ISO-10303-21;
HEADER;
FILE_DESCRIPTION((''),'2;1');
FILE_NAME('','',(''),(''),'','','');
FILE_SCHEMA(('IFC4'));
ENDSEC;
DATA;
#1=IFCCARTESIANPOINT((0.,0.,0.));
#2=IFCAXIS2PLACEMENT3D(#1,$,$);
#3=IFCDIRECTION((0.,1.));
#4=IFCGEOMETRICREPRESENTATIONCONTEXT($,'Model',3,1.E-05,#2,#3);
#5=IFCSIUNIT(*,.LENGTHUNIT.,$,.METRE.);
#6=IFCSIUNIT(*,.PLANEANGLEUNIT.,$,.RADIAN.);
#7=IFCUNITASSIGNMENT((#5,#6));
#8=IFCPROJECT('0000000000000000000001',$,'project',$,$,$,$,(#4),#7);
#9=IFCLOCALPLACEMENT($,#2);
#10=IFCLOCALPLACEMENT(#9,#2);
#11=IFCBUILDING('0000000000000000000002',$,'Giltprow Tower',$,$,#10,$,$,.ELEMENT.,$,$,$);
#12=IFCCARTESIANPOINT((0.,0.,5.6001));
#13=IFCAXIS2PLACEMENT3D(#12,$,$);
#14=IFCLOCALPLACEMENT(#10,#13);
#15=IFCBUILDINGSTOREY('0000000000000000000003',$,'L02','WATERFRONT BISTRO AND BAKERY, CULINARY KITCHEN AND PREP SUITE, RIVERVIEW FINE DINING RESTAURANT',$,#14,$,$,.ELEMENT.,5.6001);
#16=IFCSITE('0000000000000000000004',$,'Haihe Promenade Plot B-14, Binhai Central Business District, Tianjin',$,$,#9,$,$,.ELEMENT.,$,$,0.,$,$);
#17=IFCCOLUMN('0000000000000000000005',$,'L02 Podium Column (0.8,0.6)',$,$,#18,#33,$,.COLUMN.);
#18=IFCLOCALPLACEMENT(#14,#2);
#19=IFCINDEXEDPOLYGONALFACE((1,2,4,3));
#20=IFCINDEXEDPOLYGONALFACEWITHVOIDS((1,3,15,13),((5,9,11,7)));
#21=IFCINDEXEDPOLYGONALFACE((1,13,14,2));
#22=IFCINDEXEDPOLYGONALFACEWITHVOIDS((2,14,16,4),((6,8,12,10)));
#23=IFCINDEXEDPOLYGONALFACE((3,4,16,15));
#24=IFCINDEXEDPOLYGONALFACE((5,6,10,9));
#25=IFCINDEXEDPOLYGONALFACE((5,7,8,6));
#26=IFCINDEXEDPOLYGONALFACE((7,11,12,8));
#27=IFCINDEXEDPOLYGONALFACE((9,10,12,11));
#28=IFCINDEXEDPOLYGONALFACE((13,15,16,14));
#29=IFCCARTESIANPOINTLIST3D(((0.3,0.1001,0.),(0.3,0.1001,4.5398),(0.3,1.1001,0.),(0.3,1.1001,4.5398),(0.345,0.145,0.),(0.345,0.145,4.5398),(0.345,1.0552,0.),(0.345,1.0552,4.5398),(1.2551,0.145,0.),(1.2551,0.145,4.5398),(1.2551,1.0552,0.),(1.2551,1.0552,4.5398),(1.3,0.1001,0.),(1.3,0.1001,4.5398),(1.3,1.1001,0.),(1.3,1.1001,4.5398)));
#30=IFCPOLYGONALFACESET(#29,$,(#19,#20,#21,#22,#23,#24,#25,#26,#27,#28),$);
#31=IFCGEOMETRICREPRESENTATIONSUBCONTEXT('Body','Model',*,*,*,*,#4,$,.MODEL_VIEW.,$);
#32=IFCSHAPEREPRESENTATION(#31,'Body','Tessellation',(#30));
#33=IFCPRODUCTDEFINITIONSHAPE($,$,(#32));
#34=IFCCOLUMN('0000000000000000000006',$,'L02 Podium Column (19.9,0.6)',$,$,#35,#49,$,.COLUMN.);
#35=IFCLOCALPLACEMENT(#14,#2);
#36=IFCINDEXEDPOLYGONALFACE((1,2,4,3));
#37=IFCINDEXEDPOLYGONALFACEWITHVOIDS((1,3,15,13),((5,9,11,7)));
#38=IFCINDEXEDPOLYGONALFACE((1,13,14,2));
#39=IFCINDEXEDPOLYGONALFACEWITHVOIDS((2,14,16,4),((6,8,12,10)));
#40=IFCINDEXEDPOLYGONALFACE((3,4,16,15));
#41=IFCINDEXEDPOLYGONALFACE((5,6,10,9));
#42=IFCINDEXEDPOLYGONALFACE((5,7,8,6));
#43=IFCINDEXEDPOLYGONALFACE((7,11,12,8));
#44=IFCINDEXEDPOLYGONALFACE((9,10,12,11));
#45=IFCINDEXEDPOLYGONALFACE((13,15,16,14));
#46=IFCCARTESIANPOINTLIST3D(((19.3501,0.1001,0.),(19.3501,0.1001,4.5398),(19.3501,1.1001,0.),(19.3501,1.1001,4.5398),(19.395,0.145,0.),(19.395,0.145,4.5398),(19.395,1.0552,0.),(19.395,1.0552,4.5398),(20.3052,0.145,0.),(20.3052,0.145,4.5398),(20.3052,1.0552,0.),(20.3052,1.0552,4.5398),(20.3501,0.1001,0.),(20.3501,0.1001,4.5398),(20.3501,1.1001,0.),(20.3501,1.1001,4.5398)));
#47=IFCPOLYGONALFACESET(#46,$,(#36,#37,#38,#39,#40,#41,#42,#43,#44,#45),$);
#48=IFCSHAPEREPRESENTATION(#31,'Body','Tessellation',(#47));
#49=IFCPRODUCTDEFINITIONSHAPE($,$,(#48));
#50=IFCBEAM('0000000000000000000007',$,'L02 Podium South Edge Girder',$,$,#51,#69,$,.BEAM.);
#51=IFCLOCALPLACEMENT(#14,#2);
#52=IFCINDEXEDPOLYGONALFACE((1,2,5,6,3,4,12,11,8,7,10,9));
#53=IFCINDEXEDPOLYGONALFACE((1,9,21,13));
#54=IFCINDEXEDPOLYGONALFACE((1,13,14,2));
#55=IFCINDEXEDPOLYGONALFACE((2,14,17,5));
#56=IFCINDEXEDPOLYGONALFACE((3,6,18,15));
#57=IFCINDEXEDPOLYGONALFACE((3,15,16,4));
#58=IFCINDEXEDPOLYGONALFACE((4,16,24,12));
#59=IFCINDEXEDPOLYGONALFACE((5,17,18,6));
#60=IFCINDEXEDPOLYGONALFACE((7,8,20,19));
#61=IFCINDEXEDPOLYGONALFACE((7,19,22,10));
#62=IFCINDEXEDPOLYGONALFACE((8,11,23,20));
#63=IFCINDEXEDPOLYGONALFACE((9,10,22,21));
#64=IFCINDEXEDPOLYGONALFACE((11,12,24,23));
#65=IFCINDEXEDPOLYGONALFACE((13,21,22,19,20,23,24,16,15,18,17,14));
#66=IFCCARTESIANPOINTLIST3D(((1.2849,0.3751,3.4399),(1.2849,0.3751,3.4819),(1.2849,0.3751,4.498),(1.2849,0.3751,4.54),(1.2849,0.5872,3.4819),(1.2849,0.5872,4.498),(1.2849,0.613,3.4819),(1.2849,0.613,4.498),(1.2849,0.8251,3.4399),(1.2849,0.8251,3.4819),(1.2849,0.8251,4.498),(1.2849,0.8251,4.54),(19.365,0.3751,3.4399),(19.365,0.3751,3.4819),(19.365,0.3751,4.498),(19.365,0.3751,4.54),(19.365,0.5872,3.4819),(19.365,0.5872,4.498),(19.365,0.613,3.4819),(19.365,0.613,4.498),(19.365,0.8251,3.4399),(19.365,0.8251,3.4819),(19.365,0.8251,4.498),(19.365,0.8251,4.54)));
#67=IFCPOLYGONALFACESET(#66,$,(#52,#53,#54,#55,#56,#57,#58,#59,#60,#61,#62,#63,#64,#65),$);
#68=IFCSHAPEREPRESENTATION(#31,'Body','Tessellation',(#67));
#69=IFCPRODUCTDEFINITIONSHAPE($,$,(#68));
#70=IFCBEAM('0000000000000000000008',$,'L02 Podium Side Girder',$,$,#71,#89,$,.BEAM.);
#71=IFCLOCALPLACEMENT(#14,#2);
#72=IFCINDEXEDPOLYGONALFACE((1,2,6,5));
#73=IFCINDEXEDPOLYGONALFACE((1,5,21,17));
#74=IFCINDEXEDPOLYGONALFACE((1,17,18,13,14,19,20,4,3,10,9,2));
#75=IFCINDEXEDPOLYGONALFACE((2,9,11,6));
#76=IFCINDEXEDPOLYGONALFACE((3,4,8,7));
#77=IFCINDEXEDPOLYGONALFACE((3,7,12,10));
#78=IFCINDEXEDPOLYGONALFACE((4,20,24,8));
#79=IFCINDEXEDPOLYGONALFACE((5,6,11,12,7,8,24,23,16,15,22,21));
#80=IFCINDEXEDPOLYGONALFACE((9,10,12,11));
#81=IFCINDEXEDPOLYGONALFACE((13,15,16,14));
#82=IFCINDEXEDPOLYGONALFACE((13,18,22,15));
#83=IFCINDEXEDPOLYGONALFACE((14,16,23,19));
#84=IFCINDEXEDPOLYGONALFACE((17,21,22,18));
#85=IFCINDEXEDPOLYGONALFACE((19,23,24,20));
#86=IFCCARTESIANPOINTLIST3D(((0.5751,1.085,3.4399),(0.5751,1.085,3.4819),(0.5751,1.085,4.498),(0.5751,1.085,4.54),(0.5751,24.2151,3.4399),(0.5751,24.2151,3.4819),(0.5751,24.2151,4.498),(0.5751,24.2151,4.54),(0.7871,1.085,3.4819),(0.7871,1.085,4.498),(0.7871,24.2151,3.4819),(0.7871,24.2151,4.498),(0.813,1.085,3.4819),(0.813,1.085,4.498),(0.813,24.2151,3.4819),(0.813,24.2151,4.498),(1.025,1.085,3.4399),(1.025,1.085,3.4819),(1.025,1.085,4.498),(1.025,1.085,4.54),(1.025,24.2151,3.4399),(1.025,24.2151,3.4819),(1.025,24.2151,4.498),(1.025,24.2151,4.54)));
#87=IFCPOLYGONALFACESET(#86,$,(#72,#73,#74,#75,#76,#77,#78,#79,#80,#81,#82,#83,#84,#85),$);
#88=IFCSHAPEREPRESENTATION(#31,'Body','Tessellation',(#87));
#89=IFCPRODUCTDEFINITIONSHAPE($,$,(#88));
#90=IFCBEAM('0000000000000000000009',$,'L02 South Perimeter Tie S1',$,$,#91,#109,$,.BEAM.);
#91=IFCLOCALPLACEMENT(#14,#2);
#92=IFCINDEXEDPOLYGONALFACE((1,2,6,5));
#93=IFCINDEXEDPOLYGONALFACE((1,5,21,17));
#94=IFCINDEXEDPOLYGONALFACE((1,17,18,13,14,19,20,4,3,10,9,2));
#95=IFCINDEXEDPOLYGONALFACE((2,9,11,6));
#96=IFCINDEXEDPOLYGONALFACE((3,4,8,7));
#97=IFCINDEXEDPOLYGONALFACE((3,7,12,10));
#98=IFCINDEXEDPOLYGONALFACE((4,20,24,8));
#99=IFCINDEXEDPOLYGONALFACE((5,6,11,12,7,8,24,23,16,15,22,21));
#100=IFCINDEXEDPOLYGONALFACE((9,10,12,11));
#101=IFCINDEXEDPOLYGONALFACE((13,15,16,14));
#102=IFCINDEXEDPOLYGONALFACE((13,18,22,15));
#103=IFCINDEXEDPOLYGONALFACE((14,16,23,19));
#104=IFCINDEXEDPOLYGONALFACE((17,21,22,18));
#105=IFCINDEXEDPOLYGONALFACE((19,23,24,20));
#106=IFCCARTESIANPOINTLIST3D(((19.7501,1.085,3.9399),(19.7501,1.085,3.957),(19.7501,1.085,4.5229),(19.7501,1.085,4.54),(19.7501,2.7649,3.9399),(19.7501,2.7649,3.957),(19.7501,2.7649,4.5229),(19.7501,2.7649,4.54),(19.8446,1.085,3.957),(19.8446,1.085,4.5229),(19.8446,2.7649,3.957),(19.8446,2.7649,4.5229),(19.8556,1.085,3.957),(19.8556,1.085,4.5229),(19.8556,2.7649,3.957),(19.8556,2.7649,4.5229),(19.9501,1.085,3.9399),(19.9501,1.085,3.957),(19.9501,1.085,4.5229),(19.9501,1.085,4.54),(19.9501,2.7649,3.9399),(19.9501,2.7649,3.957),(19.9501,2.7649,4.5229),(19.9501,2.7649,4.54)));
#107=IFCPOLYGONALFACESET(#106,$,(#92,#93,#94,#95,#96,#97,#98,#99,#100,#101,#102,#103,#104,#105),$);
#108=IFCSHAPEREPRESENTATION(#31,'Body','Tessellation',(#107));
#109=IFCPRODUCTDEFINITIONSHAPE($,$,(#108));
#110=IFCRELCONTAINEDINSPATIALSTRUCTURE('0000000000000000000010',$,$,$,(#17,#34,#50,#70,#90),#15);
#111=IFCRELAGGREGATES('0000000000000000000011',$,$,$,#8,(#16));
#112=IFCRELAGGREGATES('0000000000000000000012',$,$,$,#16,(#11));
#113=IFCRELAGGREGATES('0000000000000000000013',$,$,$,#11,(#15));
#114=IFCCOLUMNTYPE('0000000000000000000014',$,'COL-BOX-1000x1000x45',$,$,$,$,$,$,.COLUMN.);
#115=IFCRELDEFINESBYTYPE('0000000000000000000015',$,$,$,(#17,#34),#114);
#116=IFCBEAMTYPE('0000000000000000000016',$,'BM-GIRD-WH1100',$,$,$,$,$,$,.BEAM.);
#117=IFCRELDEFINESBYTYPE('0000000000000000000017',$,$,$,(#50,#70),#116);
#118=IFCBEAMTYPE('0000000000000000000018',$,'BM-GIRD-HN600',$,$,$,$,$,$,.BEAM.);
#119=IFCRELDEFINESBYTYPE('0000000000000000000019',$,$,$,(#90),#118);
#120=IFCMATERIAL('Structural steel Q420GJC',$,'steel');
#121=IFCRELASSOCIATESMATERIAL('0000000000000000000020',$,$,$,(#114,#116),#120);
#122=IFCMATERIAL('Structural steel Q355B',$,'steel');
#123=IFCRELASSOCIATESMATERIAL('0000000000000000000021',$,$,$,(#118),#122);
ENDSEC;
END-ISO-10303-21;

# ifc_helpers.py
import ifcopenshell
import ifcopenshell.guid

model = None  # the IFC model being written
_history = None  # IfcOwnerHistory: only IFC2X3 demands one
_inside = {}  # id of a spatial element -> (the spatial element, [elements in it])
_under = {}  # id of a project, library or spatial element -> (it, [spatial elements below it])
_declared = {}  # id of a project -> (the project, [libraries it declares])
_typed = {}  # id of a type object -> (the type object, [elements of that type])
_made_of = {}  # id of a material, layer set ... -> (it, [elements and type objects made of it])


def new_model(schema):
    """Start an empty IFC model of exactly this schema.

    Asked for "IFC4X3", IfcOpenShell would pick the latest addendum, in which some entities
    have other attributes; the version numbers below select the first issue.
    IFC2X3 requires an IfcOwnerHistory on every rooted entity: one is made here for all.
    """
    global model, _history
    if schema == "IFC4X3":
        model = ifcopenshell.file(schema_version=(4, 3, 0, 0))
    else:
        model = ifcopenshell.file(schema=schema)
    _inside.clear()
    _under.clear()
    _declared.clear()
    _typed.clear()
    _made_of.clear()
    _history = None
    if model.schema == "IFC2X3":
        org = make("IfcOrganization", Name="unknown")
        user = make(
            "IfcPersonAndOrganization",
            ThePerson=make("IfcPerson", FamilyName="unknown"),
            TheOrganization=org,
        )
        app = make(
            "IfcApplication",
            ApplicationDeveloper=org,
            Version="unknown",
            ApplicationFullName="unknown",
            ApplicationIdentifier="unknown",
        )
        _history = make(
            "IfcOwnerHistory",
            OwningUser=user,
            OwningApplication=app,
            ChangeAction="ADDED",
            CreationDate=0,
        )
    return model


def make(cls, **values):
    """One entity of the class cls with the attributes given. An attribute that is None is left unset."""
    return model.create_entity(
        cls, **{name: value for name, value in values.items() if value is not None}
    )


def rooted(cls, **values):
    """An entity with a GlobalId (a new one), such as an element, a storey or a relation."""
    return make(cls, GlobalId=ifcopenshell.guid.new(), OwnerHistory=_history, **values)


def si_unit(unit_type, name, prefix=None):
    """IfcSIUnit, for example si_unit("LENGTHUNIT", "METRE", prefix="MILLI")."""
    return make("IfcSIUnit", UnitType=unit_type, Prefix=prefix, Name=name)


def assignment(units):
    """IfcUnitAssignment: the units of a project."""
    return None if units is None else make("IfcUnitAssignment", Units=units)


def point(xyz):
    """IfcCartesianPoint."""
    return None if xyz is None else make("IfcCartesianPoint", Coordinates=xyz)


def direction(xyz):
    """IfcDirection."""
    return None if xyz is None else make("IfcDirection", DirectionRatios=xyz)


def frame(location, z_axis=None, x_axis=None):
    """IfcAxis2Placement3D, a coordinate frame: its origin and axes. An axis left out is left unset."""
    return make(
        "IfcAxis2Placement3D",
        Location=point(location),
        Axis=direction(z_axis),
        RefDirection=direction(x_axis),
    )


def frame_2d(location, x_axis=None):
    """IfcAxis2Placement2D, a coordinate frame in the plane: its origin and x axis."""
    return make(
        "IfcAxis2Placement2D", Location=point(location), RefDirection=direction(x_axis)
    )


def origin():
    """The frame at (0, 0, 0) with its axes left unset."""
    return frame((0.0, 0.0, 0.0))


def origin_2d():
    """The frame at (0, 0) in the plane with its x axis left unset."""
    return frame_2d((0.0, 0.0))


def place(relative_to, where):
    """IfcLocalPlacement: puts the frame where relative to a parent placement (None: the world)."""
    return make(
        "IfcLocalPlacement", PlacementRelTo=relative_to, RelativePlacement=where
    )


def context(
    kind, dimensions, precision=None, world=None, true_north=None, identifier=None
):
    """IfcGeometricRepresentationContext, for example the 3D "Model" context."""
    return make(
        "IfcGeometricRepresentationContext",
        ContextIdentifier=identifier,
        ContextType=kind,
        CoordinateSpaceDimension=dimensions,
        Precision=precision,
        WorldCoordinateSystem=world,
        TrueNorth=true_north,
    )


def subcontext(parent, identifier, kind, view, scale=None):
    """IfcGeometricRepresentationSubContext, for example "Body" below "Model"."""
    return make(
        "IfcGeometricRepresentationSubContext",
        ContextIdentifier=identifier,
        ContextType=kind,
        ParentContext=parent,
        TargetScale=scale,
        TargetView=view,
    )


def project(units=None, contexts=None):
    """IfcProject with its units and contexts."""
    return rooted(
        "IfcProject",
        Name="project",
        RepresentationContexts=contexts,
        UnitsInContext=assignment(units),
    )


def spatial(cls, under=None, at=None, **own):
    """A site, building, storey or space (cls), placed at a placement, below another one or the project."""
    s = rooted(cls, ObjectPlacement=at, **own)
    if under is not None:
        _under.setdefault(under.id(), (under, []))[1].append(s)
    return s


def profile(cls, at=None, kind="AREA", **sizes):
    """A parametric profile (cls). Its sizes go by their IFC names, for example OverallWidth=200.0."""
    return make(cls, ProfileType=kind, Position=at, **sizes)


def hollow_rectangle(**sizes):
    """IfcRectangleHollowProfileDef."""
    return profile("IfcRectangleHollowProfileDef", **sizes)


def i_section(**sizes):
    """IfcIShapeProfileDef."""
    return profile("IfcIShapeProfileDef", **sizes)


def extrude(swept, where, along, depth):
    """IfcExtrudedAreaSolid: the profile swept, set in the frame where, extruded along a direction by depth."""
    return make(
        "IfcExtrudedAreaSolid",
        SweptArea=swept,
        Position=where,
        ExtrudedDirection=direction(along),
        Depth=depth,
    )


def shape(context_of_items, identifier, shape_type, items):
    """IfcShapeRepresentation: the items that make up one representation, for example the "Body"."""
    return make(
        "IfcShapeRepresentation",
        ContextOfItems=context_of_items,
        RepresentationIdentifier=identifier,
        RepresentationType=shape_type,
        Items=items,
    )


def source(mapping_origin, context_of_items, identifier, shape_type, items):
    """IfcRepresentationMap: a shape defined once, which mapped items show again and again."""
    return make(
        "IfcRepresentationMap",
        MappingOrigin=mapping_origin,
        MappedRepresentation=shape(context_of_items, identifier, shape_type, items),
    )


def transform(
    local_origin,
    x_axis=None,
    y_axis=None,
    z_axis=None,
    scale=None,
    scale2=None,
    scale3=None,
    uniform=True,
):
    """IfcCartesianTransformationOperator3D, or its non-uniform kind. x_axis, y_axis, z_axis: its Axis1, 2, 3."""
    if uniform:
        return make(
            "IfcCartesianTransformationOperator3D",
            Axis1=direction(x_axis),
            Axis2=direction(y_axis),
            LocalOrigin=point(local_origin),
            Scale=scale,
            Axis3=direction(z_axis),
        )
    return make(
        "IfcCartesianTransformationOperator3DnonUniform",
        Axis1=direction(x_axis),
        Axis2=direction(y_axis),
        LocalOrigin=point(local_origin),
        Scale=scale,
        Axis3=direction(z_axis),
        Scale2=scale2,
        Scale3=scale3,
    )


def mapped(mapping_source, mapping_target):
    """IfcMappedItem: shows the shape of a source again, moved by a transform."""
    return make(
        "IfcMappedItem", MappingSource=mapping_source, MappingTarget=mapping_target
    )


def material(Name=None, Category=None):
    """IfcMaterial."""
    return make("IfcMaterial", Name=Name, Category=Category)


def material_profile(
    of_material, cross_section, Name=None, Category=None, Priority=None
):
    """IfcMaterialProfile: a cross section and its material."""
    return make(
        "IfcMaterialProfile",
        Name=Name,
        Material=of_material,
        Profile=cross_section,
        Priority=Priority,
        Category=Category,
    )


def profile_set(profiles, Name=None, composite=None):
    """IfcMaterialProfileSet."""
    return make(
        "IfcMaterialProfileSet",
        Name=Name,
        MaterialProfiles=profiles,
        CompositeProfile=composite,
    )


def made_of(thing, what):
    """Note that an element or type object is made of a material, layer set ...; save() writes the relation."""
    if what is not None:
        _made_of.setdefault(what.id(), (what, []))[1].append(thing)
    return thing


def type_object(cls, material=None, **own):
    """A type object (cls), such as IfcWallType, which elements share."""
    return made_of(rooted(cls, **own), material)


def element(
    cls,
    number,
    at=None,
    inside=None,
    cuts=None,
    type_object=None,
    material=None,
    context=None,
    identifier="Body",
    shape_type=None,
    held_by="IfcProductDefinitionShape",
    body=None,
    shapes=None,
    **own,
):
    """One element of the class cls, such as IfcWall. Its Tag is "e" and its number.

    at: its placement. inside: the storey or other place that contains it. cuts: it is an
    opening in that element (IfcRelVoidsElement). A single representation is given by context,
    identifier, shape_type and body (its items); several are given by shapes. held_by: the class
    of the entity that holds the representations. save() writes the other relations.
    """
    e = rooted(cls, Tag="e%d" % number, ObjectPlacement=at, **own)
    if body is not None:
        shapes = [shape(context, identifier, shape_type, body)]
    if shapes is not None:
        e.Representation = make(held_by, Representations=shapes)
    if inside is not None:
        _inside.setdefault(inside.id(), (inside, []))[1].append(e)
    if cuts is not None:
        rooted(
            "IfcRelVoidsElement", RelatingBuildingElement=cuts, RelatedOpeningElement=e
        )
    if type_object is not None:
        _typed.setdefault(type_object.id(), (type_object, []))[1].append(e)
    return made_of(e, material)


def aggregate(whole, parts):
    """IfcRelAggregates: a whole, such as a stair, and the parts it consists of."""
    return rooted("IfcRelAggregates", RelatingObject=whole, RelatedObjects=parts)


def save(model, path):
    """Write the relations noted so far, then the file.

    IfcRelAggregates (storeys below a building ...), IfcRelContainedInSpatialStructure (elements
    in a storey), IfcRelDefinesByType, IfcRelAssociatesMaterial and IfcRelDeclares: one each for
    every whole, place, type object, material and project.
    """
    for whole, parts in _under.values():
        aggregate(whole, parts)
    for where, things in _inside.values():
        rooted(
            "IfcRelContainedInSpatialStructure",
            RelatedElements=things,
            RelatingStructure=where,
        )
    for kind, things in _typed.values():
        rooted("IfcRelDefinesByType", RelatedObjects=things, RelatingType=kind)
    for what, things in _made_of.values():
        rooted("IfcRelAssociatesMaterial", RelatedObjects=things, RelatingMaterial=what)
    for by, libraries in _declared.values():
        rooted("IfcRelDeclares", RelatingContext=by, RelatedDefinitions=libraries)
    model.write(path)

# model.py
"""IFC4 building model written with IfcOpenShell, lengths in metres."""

from ifc_helpers import new_model, si_unit, direction, frame, origin, origin_2d, place, context, subcontext, project, spatial, hollow_rectangle, i_section, extrude, source, transform, mapped, material, material_profile, profile_set, type_object, element, save


model = new_model("IFC4")

# Units and contexts
model_context = context("Model", 3, precision=1e-05, world=origin(), true_north=direction((0.0, 1.0)))
body_context = subcontext(model_context, "Body", "Model", "MODEL_VIEW")
ifc_project = project(units=[si_unit("LENGTHUNIT", "METRE"), si_unit("PLANEANGLEUNIT", "RADIAN")], contexts=[model_context])

# Site, building, storey
site_placement = place(None, origin())
site = spatial("IfcSite", under=ifc_project, at=site_placement, Name="Haihe Promenade Plot B-14, Binhai Central Business District, Tianjin", CompositionType="ELEMENT", RefElevation=0.0)
building_placement = place(site_placement, origin())
building = spatial("IfcBuilding", under=site, at=building_placement, Name="Giltprow Tower", CompositionType="ELEMENT")
storey_placement = place(building_placement, frame((0.0, 0.0, 5.6001)))
storey = spatial("IfcBuildingStorey", under=building, at=storey_placement, Name="L02", Description="WATERFRONT BISTRO AND BAKERY, CULINARY KITCHEN AND PREP SUITE, RIVERVIEW FINE DINING RESTAURANT", CompositionType="ELEMENT", Elevation=5.6001)

# Columns
ifc_material_1 = material(Name="Structural steel Q420GJC", Category="steel")
ifc_material_profile_1 = material_profile(ifc_material_1, hollow_rectangle(XDim=1.0, YDim=1.0, WallThickness=0.0449, at=origin_2d()), Name="BOX 1000x1000x45")
ifc_profile_set_1 = profile_set([ifc_material_profile_1], Name="Structural steel Q420GJC")
column_type = type_object("IfcColumnType", Name="COL-BOX-1000x1000x45", PredefinedType="COLUMN", material=ifc_profile_set_1)
shared_shape_1 = source(origin(), body_context, "Body", "SweptSolid", [
    extrude(hollow_rectangle(XDim=1.0, YDim=1.0, WallThickness=0.0449, at=origin_2d()), origin(), (0.0, 0.0, 1.0), 4.5398),
])
for number, where, z_axis, x_axis, name in (
    (1, (0.8, 0.6001, 0.0), (0.0, 0.0, 1.0), (1.0, 0.0, 0.0), "L02 Podium Column (0.8,0.6)"),
    (2, (19.8501, 0.6001, 0.0), (0.0, 0.0, 1.0), (1.0, 0.0, 0.0), "L02 Podium Column (19.9,0.6)"),
):
    element("IfcColumn", number, at=place(storey_placement, frame(where, z_axis=z_axis, x_axis=x_axis)), inside=storey, type_object=column_type, Name=name, PredefinedType="COLUMN", context=body_context, shape_type="MappedRepresentation", body=[
        mapped(shared_shape_1, transform((0.0, 0.0, 0.0), x_axis=(1.0, 0.0, 0.0), y_axis=(0.0, 1.0, 0.0), z_axis=(0.0, 0.0, 1.0), scale=1.0)),
    ])

# Beams
ifc_material_profile_2 = material_profile(ifc_material_1, i_section(OverallWidth=0.45, OverallDepth=1.1001, WebThickness=0.0259, FlangeThickness=0.042, at=origin_2d()), Name="WH 1100x450x26x42")
ifc_profile_set_2 = profile_set([ifc_material_profile_2], Name="Structural steel Q420GJC")
beam_type_1 = type_object("IfcBeamType", Name="BM-GIRD-WH1100", PredefinedType="BEAM", material=ifc_profile_set_2)
shared_shape_2 = source(origin(), body_context, "Body", "SweptSolid", [
    extrude(i_section(OverallWidth=0.45, OverallDepth=1.1001, WebThickness=0.0259, FlangeThickness=0.042, at=origin_2d()), origin(), (0.0, 0.0, 1.0), 18.0801),
])
beam_1_placement = place(storey_placement, frame((1.2849, 0.6001, 3.99), z_axis=(1.0, 0.0, 0.0), x_axis=(0.0, 1.0, 0.0)))
element("IfcBeam", 3, at=beam_1_placement, inside=storey, type_object=beam_type_1, Name="L02 Podium South Edge Girder", PredefinedType="BEAM", context=body_context, shape_type="MappedRepresentation", body=[
    mapped(shared_shape_2, transform((0.0, 0.0, 0.0), x_axis=(1.0, 0.0, 0.0), y_axis=(0.0, 1.0, 0.0), z_axis=(0.0, 0.0, 1.0), scale=1.0)),
])
shared_shape_3 = source(origin(), body_context, "Body", "SweptSolid", [
    extrude(i_section(OverallWidth=0.45, OverallDepth=1.1001, WebThickness=0.0259, FlangeThickness=0.042, at=origin_2d()), origin(), (0.0, 0.0, 1.0), 23.1301),
])
beam_2_placement = place(storey_placement, frame((0.8, 1.085, 3.99), z_axis=(0.0, 1.0, 0.0), x_axis=(-1.0, 0.0, 0.0)))
element("IfcBeam", 4, at=beam_2_placement, inside=storey, type_object=beam_type_1, Name="L02 Podium Side Girder", PredefinedType="BEAM", context=body_context, shape_type="MappedRepresentation", body=[
    mapped(shared_shape_3, transform((0.0, 0.0, 0.0), x_axis=(1.0, 0.0, 0.0), y_axis=(0.0, 1.0, 0.0), z_axis=(0.0, 0.0, 1.0), scale=1.0)),
])
ifc_material_2 = material(Name="Structural steel Q355B", Category="steel")
ifc_material_profile_3 = material_profile(ifc_material_2, i_section(OverallWidth=0.2, OverallDepth=0.6001, WebThickness=0.011, FlangeThickness=0.0171, at=origin_2d()), Name="HN 600x200x11x17")
ifc_profile_set_3 = profile_set([ifc_material_profile_3], Name="Structural steel Q355B")
beam_type_2 = type_object("IfcBeamType", Name="BM-GIRD-HN600", PredefinedType="BEAM", material=ifc_profile_set_3)
shared_shape_4 = source(origin(), body_context, "Body", "SweptSolid", [
    extrude(i_section(OverallWidth=0.2, OverallDepth=0.6001, WebThickness=0.011, FlangeThickness=0.0171, at=origin_2d()), origin(), (0.0, 0.0, 1.0), 1.6799),
])
beam_3_placement = place(storey_placement, frame((19.8501, 1.085, 4.24), z_axis=(0.0, 1.0, 0.0), x_axis=(-1.0, 0.0, 0.0)))
element("IfcBeam", 5, at=beam_3_placement, inside=storey, type_object=beam_type_2, Name="L02 South Perimeter Tie S1", PredefinedType="BEAM", context=body_context, shape_type="MappedRepresentation", body=[
    mapped(shared_shape_4, transform((0.0, 0.0, 0.0), x_axis=(1.0, 0.0, 0.0), y_axis=(0.0, 1.0, 0.0), z_axis=(0.0, 0.0, 1.0), scale=1.0)),
])

save(model, "model.ifc")
